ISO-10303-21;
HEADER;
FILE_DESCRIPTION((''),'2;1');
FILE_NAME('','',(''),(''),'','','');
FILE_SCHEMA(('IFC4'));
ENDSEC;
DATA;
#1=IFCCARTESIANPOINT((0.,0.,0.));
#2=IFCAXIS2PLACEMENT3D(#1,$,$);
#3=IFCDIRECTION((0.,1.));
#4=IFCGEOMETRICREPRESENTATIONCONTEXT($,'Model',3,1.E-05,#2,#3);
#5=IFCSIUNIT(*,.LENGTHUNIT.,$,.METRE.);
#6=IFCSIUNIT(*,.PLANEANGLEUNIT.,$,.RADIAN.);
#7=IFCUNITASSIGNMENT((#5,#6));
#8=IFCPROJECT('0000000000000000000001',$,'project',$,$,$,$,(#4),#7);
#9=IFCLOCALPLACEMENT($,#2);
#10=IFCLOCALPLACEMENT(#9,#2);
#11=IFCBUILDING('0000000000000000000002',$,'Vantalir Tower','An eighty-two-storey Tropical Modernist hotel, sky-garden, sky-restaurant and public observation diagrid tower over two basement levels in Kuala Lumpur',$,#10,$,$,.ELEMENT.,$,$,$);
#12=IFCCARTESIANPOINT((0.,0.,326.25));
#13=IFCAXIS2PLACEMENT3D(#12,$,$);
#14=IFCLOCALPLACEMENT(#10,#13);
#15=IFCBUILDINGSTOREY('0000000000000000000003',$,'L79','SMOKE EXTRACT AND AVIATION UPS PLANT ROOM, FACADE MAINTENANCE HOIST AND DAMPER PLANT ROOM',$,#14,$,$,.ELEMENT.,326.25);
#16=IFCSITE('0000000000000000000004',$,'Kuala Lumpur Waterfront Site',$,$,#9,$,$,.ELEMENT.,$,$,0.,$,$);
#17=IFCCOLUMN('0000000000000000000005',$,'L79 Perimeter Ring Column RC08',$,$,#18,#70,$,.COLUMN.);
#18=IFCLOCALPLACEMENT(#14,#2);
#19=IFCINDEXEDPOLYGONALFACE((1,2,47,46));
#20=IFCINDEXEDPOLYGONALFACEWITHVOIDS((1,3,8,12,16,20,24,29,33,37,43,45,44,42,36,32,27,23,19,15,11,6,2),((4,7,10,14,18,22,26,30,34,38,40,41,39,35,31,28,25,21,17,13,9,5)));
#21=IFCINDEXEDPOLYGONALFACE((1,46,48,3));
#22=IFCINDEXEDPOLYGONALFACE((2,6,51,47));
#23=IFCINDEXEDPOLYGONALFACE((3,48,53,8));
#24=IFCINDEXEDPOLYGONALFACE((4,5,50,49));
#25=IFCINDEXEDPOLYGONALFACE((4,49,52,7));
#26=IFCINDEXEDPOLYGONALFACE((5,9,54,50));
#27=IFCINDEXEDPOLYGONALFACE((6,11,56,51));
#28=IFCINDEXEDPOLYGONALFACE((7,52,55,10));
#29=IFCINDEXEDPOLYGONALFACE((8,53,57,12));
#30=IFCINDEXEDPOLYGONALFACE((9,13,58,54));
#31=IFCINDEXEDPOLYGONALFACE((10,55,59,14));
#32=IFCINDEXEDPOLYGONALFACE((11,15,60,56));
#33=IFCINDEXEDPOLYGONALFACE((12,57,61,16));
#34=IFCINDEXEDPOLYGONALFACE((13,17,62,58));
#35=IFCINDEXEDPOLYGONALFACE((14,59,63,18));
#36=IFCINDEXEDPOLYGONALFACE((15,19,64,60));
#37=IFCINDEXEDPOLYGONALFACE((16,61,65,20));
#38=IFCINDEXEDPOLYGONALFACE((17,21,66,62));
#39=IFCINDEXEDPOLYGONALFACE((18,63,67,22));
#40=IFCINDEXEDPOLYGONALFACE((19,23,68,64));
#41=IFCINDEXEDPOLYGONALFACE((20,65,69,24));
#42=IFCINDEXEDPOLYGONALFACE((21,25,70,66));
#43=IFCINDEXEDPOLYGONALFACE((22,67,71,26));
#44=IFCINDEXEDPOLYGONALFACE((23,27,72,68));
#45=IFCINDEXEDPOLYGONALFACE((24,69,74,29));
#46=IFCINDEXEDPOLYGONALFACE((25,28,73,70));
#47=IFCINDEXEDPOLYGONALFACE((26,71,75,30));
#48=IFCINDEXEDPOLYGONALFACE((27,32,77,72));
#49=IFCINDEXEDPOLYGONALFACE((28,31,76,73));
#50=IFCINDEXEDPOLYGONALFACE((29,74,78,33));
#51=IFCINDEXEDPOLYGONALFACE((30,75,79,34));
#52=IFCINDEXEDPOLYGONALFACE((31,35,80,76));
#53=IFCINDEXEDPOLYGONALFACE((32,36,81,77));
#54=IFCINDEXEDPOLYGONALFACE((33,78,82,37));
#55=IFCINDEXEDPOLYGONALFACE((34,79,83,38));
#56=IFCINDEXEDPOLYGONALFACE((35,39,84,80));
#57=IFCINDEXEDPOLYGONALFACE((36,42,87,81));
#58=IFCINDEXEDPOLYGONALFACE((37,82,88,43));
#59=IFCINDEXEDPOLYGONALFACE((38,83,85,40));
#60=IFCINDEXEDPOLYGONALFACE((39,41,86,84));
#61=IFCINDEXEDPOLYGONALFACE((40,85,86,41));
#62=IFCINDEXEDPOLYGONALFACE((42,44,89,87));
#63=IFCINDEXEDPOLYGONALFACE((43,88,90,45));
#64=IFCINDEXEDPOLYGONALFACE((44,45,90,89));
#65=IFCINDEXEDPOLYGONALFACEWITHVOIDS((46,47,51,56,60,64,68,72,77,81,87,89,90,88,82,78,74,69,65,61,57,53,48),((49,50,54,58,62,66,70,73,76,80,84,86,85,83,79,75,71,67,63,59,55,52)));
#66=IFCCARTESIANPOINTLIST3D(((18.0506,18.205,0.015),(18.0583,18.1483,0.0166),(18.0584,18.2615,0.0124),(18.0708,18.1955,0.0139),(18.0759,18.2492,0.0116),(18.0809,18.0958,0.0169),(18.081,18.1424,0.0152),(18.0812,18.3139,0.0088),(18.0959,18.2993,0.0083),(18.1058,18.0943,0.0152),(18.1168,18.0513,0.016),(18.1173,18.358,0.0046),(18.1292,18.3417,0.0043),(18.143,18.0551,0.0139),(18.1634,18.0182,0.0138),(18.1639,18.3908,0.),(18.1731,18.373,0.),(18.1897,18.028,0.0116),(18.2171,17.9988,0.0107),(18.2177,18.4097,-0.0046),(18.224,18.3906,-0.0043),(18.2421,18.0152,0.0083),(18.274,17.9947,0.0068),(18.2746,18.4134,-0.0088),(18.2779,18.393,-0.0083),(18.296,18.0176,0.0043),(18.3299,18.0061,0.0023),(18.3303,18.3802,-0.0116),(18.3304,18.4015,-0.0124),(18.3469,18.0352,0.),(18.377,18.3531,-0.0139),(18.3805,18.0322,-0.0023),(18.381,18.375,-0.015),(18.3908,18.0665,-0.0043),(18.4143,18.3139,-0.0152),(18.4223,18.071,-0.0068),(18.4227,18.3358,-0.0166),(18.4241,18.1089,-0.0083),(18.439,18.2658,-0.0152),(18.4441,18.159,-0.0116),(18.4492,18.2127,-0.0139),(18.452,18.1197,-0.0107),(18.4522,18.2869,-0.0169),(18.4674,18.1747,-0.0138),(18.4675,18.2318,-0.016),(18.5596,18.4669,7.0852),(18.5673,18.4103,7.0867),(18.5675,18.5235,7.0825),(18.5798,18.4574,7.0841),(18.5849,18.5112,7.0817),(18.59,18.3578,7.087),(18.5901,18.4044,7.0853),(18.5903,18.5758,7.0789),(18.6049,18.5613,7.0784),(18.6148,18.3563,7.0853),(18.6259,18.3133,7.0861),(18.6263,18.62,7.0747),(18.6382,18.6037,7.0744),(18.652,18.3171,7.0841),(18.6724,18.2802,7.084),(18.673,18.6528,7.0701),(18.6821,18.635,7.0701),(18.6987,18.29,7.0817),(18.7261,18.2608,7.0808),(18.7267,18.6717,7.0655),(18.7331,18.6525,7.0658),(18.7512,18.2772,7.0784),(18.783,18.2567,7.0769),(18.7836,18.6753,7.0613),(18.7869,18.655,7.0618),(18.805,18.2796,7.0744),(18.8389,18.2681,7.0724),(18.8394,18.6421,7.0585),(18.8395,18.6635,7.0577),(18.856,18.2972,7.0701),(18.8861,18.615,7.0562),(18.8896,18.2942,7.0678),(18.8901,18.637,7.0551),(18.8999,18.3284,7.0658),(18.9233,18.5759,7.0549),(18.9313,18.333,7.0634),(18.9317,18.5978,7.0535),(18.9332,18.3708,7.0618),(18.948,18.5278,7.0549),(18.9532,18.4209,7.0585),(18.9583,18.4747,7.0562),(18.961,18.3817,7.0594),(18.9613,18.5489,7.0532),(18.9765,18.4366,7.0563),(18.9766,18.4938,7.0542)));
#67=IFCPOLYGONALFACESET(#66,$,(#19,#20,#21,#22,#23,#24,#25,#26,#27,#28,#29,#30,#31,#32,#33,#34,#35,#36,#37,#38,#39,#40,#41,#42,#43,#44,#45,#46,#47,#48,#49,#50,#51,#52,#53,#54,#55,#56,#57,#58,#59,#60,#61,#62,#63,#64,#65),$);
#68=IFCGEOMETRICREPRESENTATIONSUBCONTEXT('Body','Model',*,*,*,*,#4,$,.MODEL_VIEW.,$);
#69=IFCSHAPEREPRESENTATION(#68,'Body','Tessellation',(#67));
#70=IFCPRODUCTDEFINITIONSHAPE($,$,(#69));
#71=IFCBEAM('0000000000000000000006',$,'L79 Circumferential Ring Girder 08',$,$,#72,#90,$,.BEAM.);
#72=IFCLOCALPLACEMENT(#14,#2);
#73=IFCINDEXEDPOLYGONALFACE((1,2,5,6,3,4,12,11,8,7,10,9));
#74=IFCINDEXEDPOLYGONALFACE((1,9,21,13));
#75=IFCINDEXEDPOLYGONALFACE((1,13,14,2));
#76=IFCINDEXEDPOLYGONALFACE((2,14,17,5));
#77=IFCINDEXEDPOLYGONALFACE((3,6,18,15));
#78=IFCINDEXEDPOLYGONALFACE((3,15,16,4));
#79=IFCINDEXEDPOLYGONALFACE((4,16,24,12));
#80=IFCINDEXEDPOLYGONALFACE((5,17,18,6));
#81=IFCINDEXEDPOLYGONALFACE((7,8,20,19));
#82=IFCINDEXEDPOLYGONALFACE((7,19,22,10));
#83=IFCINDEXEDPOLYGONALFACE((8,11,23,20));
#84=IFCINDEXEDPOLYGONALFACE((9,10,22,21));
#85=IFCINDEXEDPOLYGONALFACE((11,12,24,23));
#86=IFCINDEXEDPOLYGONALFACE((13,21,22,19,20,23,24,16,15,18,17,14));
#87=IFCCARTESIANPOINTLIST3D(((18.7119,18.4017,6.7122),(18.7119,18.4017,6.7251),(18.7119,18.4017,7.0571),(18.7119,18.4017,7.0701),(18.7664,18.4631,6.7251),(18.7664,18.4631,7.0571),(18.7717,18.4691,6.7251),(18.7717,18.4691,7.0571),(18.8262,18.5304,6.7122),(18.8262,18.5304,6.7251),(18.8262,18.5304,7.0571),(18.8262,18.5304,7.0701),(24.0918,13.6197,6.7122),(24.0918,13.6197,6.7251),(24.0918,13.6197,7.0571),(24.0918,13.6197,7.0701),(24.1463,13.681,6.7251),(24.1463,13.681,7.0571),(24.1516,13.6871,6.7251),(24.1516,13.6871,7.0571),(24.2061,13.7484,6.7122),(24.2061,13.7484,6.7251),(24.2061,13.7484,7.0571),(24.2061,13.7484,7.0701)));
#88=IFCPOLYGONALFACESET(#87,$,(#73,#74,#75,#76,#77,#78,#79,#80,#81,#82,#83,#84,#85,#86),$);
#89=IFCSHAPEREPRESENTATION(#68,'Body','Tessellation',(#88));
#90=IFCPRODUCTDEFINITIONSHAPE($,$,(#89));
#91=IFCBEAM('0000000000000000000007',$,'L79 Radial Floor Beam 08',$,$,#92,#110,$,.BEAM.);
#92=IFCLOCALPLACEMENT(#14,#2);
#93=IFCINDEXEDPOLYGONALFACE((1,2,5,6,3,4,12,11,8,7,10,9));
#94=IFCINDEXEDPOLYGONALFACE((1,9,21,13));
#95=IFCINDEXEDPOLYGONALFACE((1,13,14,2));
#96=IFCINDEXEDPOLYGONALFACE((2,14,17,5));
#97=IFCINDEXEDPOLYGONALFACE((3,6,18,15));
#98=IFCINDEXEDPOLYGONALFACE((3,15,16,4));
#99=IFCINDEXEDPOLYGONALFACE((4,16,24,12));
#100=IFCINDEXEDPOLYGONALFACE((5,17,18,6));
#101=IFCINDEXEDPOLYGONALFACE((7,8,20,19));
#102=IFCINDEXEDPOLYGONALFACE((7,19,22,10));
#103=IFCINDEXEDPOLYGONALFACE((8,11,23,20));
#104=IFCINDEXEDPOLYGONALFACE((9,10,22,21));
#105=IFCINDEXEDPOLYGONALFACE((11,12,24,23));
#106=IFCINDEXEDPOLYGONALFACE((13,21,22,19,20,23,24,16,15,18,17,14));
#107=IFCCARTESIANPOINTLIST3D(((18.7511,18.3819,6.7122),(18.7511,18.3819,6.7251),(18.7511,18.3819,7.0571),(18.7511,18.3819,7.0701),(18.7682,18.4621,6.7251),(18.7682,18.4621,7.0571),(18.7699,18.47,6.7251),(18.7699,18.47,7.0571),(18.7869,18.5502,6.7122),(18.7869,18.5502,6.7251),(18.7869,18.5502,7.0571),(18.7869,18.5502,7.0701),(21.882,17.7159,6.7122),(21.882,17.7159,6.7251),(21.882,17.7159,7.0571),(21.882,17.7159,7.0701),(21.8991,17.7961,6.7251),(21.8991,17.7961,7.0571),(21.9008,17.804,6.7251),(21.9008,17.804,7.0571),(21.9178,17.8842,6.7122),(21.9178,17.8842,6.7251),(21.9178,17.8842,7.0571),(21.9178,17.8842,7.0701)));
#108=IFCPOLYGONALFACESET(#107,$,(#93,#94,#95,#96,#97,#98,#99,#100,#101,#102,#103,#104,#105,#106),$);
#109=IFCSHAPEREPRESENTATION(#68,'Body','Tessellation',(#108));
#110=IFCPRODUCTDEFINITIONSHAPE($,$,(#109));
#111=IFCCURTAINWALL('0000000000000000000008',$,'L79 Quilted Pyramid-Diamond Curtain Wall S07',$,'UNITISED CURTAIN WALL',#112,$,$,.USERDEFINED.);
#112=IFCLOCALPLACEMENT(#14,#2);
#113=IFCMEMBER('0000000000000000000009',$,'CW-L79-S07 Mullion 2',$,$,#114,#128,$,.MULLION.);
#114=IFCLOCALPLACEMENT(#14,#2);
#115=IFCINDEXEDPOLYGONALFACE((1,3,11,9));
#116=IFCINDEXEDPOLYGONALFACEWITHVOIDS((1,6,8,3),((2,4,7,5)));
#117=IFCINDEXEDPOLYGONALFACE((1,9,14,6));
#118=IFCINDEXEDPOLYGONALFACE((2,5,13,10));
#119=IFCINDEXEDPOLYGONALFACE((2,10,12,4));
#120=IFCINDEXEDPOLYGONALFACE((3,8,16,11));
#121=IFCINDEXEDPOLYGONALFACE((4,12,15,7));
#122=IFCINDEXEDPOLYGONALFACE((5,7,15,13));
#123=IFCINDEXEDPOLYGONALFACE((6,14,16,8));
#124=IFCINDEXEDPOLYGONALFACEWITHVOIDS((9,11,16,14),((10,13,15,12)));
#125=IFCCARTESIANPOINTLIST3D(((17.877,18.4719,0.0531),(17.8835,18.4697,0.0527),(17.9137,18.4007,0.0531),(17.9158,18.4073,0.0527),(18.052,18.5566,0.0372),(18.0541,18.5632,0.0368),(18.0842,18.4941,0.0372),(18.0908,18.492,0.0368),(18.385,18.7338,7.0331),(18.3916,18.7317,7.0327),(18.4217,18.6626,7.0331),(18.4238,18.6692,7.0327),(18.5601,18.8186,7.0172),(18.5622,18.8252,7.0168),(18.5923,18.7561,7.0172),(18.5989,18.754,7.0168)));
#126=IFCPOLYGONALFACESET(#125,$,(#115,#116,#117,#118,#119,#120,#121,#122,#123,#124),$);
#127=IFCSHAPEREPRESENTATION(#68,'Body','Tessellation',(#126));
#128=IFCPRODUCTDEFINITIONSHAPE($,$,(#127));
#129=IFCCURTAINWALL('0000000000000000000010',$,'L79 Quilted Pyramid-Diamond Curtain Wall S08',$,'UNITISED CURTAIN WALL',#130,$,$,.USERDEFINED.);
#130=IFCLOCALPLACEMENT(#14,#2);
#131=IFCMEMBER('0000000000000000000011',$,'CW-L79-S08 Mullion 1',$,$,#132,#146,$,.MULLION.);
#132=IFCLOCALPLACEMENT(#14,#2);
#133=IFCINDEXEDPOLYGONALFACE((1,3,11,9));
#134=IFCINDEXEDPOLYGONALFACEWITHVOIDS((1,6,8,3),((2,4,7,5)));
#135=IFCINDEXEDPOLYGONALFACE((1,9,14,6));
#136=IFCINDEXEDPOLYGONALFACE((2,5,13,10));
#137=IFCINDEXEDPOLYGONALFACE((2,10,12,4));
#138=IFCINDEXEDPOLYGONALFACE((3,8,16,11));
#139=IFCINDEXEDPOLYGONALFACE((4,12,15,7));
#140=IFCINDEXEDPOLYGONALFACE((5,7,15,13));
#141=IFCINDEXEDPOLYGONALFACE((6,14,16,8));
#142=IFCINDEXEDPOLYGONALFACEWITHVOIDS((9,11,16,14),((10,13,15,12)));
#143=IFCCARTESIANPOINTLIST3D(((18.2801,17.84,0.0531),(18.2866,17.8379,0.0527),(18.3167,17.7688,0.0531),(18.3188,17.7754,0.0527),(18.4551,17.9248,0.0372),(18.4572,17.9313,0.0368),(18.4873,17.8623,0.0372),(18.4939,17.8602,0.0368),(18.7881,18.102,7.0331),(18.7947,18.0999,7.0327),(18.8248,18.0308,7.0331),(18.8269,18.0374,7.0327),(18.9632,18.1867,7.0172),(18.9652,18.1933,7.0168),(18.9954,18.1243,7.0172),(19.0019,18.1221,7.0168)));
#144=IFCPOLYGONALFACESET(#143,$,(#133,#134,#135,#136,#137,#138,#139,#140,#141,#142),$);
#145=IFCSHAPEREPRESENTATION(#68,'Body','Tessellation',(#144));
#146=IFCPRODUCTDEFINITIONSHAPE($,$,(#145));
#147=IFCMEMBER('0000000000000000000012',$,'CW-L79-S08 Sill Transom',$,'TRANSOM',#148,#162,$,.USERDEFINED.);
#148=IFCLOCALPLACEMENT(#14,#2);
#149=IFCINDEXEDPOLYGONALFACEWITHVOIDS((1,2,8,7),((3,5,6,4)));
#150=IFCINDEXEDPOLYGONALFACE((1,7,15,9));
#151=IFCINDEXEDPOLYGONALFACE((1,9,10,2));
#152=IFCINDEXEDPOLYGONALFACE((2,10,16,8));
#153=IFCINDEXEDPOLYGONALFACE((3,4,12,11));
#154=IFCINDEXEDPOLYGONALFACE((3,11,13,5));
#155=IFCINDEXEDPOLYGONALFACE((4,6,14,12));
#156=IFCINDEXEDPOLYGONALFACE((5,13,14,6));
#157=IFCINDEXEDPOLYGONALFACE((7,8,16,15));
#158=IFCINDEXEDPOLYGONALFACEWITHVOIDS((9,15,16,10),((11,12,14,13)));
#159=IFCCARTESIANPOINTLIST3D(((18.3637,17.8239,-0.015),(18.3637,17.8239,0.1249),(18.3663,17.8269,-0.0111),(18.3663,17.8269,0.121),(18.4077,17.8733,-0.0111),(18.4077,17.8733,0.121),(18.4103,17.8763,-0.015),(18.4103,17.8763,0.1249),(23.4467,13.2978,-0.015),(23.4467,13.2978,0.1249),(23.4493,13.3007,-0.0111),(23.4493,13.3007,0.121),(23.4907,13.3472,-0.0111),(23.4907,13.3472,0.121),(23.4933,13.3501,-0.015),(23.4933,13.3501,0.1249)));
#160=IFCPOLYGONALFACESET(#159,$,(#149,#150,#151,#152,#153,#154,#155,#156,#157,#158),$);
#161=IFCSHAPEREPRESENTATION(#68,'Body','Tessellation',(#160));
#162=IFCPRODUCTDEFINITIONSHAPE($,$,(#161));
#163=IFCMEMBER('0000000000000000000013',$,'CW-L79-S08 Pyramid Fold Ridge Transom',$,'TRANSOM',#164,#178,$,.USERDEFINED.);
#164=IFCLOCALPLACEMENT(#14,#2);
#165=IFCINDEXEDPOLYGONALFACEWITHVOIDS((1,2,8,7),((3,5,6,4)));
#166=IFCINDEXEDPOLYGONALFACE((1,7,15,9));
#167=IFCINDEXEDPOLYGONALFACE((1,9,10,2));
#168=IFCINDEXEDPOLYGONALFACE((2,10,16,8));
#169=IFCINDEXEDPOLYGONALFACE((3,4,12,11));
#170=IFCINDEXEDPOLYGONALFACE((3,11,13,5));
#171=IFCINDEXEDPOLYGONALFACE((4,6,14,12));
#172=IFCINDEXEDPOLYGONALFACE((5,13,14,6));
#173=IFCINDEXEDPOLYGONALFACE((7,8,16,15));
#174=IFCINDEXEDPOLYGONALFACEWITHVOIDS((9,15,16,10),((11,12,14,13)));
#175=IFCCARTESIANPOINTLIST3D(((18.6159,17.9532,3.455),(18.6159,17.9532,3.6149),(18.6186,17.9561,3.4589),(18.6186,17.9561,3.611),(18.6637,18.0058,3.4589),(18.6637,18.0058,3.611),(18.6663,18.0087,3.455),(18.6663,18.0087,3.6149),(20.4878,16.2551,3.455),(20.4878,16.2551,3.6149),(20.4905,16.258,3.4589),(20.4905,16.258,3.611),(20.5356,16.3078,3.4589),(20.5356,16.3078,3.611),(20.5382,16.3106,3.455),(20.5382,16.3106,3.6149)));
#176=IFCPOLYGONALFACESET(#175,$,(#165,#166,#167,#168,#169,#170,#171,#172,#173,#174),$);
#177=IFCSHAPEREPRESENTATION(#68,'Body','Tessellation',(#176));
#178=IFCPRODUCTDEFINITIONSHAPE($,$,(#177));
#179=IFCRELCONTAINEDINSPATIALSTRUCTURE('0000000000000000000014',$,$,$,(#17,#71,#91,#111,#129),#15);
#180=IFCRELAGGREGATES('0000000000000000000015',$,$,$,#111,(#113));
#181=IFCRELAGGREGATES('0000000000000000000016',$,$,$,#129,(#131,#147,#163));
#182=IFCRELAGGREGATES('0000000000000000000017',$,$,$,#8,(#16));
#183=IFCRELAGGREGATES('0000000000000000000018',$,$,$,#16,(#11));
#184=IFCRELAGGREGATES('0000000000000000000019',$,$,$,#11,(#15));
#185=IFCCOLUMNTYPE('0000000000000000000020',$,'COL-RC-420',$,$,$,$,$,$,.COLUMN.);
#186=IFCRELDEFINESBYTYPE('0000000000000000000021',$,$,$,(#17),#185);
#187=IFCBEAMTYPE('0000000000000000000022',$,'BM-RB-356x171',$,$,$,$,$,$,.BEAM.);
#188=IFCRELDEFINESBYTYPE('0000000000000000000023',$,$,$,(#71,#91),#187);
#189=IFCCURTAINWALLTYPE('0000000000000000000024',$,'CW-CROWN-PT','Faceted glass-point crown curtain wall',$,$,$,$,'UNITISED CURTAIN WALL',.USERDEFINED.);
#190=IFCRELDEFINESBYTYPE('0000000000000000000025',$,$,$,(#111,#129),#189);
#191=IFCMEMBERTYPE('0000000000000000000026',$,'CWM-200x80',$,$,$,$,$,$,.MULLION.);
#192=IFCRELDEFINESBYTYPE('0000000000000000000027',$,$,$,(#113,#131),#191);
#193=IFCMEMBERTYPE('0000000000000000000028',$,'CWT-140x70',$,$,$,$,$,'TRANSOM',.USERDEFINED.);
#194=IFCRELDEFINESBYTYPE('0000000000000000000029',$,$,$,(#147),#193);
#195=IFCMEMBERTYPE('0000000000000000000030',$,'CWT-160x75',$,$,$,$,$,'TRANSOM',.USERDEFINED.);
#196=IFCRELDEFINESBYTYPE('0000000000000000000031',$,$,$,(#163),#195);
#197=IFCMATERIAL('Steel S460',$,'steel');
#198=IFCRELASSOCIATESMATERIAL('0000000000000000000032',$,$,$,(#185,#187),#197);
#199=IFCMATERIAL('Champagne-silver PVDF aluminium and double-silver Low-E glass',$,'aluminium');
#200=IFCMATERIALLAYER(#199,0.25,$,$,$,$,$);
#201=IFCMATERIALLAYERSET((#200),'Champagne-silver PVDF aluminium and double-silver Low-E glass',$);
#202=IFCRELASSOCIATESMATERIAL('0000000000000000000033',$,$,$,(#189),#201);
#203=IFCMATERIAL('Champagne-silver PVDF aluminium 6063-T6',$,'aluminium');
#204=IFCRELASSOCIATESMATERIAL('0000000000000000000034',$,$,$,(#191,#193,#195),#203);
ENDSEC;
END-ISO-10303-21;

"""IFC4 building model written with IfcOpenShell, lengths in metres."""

from ifc_helpers import new_model, si_unit, direction, frame, origin, origin_2d, place, context, subcontext, project, spatial, hollow_rectangle, hollow_circle, i_section, extrude, material, layer, layer_set, material_profile, profile_set, type_object, element, aggregate, save


model = new_model("IFC4")

# Units and contexts
model_context = context("Model", 3, precision=1e-05, world=origin(), true_north=direction((0.0, 1.0)))
body_context = subcontext(model_context, "Body", "Model", "MODEL_VIEW")
ifc_project = project(units=[si_unit("LENGTHUNIT", "METRE"), si_unit("PLANEANGLEUNIT", "RADIAN")], contexts=[model_context])

# Site, building, storey
site_placement = place(None, origin())
site = spatial("IfcSite", under=ifc_project, at=site_placement, Name="Kuala Lumpur Waterfront Site", CompositionType="ELEMENT", RefElevation=0.0)
building_placement = place(site_placement, origin())
building = spatial("IfcBuilding", under=site, at=building_placement, Name="Vantalir Tower", Description="An eighty-two-storey Tropical Modernist hotel, sky-garden, sky-restaurant and public observation diagrid tower over two basement levels in Kuala Lumpur", CompositionType="ELEMENT")
storey_placement = place(building_placement, frame((0.0, 0.0, 326.25)))
storey = spatial("IfcBuildingStorey", under=building, at=storey_placement, Name="L79", Description="SMOKE EXTRACT AND AVIATION UPS PLANT ROOM, FACADE MAINTENANCE HOIST AND DAMPER PLANT ROOM", CompositionType="ELEMENT", Elevation=326.25)

# Column
ifc_material_1 = material(Name="Steel S460", Category="steel")
ifc_material_profile_1 = material_profile(ifc_material_1, hollow_circle(Radius=0.21, WallThickness=0.02, at=origin_2d()), Name="Steel S460")
ifc_profile_set_1 = profile_set([ifc_material_profile_1], Name="Steel S460")
column_type = type_object("IfcColumnType", Name="COL-RC-420", PredefinedType="COLUMN", material=ifc_profile_set_1)
column_placement = place(storey_placement, frame((18.26, 18.2041, 0.0), z_axis=(0.071763, 0.036932, 0.996738), x_axis=(-0.457589, 0.889164, 0.0)))
element("IfcColumn", 1, at=column_placement, inside=storey, type_object=column_type, Name="L79 Perimeter Ring Column RC08", PredefinedType="COLUMN", context=body_context, shape_type="SweptSolid", body=[
    extrude(hollow_circle(Radius=0.21, WallThickness=0.02, at=origin_2d()), origin(), (0.0, 0.0, 1.0), 7.0933),
])

# Beams
ifc_material_profile_2 = material_profile(ifc_material_1, i_section(OverallWidth=0.1721, OverallDepth=0.3579, WebThickness=0.0081, FlangeThickness=0.0129, at=origin_2d()), Name="Steel S460")
ifc_profile_set_2 = profile_set([ifc_material_profile_2], Name="Steel S460")
beam_type = type_object("IfcBeamType", Name="BM-RB-356x171", PredefinedType="BEAM", material=ifc_profile_set_2)
beam_1_placement = place(storey_placement, frame((18.769, 18.4661, 6.8911), z_axis=(0.747419, -0.664353, 0.0), x_axis=(0.664353, 0.747419, 0.0)))
element("IfcBeam", 2, at=beam_1_placement, inside=storey, type_object=beam_type, Name="L79 Circumferential Ring Girder 08", PredefinedType="BEAM", context=body_context, shape_type="SweptSolid", body=[
    extrude(i_section(OverallWidth=0.1721, OverallDepth=0.3579, WebThickness=0.0081, FlangeThickness=0.0129, at=origin_2d()), origin(), (0.0, 0.0, 1.0), 7.198),
])
beam_2_placement = place(storey_placement, frame((18.769, 18.4661, 6.8911), z_axis=(0.978114, -0.20807, 0.0), x_axis=(0.20807, 0.978114, 0.0)))
element("IfcBeam", 3, at=beam_2_placement, inside=storey, type_object=beam_type, Name="L79 Radial Floor Beam 08", PredefinedType="BEAM", context=body_context, shape_type="SweptSolid", body=[
    extrude(i_section(OverallWidth=0.1721, OverallDepth=0.3579, WebThickness=0.0081, FlangeThickness=0.0129, at=origin_2d()), origin(), (0.0, 0.0, 1.0), 3.2009),
])

# Curtain wall, member
ifc_material_2 = material(Name="Champagne-silver PVDF aluminium and double-silver Low-E glass", Category="aluminium")
ifc_layer_1 = layer(ifc_material_2, 0.25)
ifc_layer_set_1 = layer_set([ifc_layer_1], Name="Champagne-silver PVDF aluminium and double-silver Low-E glass")
curtain_wall_type = type_object("IfcCurtainWallType", Name="CW-CROWN-PT", Description="Faceted glass-point crown curtain wall", ElementType="UNITISED CURTAIN WALL", PredefinedType="USERDEFINED", material=ifc_layer_set_1)
curtain_wall_1_placement = place(storey_placement, origin())
curtain_wall_1 = element("IfcCurtainWall", 4, at=curtain_wall_1_placement, inside=storey, type_object=curtain_wall_type, Name="L79 Quilted Pyramid-Diamond Curtain Wall S07", ObjectType="UNITISED CURTAIN WALL", PredefinedType="USERDEFINED")
ifc_material_3 = material(Name="Champagne-silver PVDF aluminium 6063-T6", Category="aluminium")
ifc_material_profile_3 = material_profile(ifc_material_3, hollow_rectangle(XDim=0.0801, YDim=0.2, WallThickness=0.0049, at=origin_2d()), Name="Champagne-silver PVDF aluminium 6063-T6")
ifc_profile_set_3 = profile_set([ifc_material_profile_3], Name="Champagne-silver PVDF aluminium 6063-T6")
member_type_1 = type_object("IfcMemberType", Name="CWM-200x80", PredefinedType="MULLION", material=ifc_profile_set_3)
member_1_placement = place(storey_placement, frame((17.9839, 18.4819, 0.0449), z_axis=(0.072545, 0.037405, 0.996663), x_axis=(-0.458284, 0.888806, 0.0)))
member_1 = element("IfcMember", 5, at=member_1_placement, type_object=member_type_1, Name="CW-L79-S07 Mullion 2", PredefinedType="MULLION", context=body_context, shape_type="SweptSolid", body=[
    extrude(hollow_rectangle(XDim=0.0801, YDim=0.2, WallThickness=0.0049, at=origin_2d()), origin(), (0.0, 0.0, 1.0), 7.0034),
])

# Curtain wall, members
curtain_wall_2_placement = place(storey_placement, origin())
curtain_wall_2 = element("IfcCurtainWall", 6, at=curtain_wall_2_placement, inside=storey, type_object=curtain_wall_type, Name="L79 Quilted Pyramid-Diamond Curtain Wall S08", ObjectType="UNITISED CURTAIN WALL", PredefinedType="USERDEFINED")
member_2_placement = place(storey_placement, frame((18.387, 17.8501, 0.0449), z_axis=(0.072545, 0.037405, 0.996663), x_axis=(-0.458284, 0.888806, 0.0)))
member_2 = element("IfcMember", 7, at=member_2_placement, type_object=member_type_1, Name="CW-L79-S08 Mullion 1", PredefinedType="MULLION", context=body_context, shape_type="SweptSolid", body=[
    extrude(hollow_rectangle(XDim=0.0801, YDim=0.2, WallThickness=0.0049, at=origin_2d()), origin(), (0.0, 0.0, 1.0), 7.0034),
])
ifc_material_profile_4 = material_profile(ifc_material_3, hollow_rectangle(XDim=0.0701, YDim=0.1399, WallThickness=0.0039, at=origin_2d()), Name="Champagne-silver PVDF aluminium 6063-T6")
ifc_profile_set_4 = profile_set([ifc_material_profile_4], Name="Champagne-silver PVDF aluminium 6063-T6")
member_type_2 = type_object("IfcMemberType", Name="CWT-140x70", ElementType="TRANSOM", PredefinedType="USERDEFINED", material=ifc_profile_set_4)
member_3_placement = place(storey_placement, frame((18.387, 17.8501, 0.0549), z_axis=(0.746833, -0.665011, 0.0), x_axis=(0.665011, 0.746833, 0.0)))
member_3 = element("IfcMember", 8, at=member_3_placement, type_object=member_type_2, Name="CW-L79-S08 Sill Transom", ObjectType="TRANSOM", PredefinedType="USERDEFINED", context=body_context, shape_type="SweptSolid", body=[
    extrude(hollow_rectangle(XDim=0.0701, YDim=0.1399, WallThickness=0.0039, at=origin_2d()), origin(), (0.0, 0.0, 1.0), 6.8062),
])
ifc_material_profile_5 = material_profile(ifc_material_3, hollow_rectangle(XDim=0.075, YDim=0.1599, WallThickness=0.0039, at=origin_2d()), Name="Champagne-silver PVDF aluminium 6063-T6")
ifc_profile_set_5 = profile_set([ifc_material_profile_5], Name="Champagne-silver PVDF aluminium 6063-T6")
member_type_3 = type_object("IfcMemberType", Name="CWT-160x75", ElementType="TRANSOM", PredefinedType="USERDEFINED", material=ifc_profile_set_5)
member_4_placement = place(storey_placement, frame((18.6411, 17.981, 3.5349), z_axis=(0.740661, -0.671879, 0.0), x_axis=(0.671879, 0.740661, 0.0)))
member_4 = element("IfcMember", 9, at=member_4_placement, type_object=member_type_3, Name="CW-L79-S08 Pyramid Fold Ridge Transom", ObjectType="TRANSOM", PredefinedType="USERDEFINED", context=body_context, shape_type="SweptSolid", body=[
    extrude(hollow_rectangle(XDim=0.075, YDim=0.1599, WallThickness=0.0039, at=origin_2d()), origin(), (0.0, 0.0, 1.0), 2.5273),
])

aggregate(curtain_wall_1, [member_1])
aggregate(curtain_wall_2, [member_2, member_3, member_4])

save(model, "model.ifc")
